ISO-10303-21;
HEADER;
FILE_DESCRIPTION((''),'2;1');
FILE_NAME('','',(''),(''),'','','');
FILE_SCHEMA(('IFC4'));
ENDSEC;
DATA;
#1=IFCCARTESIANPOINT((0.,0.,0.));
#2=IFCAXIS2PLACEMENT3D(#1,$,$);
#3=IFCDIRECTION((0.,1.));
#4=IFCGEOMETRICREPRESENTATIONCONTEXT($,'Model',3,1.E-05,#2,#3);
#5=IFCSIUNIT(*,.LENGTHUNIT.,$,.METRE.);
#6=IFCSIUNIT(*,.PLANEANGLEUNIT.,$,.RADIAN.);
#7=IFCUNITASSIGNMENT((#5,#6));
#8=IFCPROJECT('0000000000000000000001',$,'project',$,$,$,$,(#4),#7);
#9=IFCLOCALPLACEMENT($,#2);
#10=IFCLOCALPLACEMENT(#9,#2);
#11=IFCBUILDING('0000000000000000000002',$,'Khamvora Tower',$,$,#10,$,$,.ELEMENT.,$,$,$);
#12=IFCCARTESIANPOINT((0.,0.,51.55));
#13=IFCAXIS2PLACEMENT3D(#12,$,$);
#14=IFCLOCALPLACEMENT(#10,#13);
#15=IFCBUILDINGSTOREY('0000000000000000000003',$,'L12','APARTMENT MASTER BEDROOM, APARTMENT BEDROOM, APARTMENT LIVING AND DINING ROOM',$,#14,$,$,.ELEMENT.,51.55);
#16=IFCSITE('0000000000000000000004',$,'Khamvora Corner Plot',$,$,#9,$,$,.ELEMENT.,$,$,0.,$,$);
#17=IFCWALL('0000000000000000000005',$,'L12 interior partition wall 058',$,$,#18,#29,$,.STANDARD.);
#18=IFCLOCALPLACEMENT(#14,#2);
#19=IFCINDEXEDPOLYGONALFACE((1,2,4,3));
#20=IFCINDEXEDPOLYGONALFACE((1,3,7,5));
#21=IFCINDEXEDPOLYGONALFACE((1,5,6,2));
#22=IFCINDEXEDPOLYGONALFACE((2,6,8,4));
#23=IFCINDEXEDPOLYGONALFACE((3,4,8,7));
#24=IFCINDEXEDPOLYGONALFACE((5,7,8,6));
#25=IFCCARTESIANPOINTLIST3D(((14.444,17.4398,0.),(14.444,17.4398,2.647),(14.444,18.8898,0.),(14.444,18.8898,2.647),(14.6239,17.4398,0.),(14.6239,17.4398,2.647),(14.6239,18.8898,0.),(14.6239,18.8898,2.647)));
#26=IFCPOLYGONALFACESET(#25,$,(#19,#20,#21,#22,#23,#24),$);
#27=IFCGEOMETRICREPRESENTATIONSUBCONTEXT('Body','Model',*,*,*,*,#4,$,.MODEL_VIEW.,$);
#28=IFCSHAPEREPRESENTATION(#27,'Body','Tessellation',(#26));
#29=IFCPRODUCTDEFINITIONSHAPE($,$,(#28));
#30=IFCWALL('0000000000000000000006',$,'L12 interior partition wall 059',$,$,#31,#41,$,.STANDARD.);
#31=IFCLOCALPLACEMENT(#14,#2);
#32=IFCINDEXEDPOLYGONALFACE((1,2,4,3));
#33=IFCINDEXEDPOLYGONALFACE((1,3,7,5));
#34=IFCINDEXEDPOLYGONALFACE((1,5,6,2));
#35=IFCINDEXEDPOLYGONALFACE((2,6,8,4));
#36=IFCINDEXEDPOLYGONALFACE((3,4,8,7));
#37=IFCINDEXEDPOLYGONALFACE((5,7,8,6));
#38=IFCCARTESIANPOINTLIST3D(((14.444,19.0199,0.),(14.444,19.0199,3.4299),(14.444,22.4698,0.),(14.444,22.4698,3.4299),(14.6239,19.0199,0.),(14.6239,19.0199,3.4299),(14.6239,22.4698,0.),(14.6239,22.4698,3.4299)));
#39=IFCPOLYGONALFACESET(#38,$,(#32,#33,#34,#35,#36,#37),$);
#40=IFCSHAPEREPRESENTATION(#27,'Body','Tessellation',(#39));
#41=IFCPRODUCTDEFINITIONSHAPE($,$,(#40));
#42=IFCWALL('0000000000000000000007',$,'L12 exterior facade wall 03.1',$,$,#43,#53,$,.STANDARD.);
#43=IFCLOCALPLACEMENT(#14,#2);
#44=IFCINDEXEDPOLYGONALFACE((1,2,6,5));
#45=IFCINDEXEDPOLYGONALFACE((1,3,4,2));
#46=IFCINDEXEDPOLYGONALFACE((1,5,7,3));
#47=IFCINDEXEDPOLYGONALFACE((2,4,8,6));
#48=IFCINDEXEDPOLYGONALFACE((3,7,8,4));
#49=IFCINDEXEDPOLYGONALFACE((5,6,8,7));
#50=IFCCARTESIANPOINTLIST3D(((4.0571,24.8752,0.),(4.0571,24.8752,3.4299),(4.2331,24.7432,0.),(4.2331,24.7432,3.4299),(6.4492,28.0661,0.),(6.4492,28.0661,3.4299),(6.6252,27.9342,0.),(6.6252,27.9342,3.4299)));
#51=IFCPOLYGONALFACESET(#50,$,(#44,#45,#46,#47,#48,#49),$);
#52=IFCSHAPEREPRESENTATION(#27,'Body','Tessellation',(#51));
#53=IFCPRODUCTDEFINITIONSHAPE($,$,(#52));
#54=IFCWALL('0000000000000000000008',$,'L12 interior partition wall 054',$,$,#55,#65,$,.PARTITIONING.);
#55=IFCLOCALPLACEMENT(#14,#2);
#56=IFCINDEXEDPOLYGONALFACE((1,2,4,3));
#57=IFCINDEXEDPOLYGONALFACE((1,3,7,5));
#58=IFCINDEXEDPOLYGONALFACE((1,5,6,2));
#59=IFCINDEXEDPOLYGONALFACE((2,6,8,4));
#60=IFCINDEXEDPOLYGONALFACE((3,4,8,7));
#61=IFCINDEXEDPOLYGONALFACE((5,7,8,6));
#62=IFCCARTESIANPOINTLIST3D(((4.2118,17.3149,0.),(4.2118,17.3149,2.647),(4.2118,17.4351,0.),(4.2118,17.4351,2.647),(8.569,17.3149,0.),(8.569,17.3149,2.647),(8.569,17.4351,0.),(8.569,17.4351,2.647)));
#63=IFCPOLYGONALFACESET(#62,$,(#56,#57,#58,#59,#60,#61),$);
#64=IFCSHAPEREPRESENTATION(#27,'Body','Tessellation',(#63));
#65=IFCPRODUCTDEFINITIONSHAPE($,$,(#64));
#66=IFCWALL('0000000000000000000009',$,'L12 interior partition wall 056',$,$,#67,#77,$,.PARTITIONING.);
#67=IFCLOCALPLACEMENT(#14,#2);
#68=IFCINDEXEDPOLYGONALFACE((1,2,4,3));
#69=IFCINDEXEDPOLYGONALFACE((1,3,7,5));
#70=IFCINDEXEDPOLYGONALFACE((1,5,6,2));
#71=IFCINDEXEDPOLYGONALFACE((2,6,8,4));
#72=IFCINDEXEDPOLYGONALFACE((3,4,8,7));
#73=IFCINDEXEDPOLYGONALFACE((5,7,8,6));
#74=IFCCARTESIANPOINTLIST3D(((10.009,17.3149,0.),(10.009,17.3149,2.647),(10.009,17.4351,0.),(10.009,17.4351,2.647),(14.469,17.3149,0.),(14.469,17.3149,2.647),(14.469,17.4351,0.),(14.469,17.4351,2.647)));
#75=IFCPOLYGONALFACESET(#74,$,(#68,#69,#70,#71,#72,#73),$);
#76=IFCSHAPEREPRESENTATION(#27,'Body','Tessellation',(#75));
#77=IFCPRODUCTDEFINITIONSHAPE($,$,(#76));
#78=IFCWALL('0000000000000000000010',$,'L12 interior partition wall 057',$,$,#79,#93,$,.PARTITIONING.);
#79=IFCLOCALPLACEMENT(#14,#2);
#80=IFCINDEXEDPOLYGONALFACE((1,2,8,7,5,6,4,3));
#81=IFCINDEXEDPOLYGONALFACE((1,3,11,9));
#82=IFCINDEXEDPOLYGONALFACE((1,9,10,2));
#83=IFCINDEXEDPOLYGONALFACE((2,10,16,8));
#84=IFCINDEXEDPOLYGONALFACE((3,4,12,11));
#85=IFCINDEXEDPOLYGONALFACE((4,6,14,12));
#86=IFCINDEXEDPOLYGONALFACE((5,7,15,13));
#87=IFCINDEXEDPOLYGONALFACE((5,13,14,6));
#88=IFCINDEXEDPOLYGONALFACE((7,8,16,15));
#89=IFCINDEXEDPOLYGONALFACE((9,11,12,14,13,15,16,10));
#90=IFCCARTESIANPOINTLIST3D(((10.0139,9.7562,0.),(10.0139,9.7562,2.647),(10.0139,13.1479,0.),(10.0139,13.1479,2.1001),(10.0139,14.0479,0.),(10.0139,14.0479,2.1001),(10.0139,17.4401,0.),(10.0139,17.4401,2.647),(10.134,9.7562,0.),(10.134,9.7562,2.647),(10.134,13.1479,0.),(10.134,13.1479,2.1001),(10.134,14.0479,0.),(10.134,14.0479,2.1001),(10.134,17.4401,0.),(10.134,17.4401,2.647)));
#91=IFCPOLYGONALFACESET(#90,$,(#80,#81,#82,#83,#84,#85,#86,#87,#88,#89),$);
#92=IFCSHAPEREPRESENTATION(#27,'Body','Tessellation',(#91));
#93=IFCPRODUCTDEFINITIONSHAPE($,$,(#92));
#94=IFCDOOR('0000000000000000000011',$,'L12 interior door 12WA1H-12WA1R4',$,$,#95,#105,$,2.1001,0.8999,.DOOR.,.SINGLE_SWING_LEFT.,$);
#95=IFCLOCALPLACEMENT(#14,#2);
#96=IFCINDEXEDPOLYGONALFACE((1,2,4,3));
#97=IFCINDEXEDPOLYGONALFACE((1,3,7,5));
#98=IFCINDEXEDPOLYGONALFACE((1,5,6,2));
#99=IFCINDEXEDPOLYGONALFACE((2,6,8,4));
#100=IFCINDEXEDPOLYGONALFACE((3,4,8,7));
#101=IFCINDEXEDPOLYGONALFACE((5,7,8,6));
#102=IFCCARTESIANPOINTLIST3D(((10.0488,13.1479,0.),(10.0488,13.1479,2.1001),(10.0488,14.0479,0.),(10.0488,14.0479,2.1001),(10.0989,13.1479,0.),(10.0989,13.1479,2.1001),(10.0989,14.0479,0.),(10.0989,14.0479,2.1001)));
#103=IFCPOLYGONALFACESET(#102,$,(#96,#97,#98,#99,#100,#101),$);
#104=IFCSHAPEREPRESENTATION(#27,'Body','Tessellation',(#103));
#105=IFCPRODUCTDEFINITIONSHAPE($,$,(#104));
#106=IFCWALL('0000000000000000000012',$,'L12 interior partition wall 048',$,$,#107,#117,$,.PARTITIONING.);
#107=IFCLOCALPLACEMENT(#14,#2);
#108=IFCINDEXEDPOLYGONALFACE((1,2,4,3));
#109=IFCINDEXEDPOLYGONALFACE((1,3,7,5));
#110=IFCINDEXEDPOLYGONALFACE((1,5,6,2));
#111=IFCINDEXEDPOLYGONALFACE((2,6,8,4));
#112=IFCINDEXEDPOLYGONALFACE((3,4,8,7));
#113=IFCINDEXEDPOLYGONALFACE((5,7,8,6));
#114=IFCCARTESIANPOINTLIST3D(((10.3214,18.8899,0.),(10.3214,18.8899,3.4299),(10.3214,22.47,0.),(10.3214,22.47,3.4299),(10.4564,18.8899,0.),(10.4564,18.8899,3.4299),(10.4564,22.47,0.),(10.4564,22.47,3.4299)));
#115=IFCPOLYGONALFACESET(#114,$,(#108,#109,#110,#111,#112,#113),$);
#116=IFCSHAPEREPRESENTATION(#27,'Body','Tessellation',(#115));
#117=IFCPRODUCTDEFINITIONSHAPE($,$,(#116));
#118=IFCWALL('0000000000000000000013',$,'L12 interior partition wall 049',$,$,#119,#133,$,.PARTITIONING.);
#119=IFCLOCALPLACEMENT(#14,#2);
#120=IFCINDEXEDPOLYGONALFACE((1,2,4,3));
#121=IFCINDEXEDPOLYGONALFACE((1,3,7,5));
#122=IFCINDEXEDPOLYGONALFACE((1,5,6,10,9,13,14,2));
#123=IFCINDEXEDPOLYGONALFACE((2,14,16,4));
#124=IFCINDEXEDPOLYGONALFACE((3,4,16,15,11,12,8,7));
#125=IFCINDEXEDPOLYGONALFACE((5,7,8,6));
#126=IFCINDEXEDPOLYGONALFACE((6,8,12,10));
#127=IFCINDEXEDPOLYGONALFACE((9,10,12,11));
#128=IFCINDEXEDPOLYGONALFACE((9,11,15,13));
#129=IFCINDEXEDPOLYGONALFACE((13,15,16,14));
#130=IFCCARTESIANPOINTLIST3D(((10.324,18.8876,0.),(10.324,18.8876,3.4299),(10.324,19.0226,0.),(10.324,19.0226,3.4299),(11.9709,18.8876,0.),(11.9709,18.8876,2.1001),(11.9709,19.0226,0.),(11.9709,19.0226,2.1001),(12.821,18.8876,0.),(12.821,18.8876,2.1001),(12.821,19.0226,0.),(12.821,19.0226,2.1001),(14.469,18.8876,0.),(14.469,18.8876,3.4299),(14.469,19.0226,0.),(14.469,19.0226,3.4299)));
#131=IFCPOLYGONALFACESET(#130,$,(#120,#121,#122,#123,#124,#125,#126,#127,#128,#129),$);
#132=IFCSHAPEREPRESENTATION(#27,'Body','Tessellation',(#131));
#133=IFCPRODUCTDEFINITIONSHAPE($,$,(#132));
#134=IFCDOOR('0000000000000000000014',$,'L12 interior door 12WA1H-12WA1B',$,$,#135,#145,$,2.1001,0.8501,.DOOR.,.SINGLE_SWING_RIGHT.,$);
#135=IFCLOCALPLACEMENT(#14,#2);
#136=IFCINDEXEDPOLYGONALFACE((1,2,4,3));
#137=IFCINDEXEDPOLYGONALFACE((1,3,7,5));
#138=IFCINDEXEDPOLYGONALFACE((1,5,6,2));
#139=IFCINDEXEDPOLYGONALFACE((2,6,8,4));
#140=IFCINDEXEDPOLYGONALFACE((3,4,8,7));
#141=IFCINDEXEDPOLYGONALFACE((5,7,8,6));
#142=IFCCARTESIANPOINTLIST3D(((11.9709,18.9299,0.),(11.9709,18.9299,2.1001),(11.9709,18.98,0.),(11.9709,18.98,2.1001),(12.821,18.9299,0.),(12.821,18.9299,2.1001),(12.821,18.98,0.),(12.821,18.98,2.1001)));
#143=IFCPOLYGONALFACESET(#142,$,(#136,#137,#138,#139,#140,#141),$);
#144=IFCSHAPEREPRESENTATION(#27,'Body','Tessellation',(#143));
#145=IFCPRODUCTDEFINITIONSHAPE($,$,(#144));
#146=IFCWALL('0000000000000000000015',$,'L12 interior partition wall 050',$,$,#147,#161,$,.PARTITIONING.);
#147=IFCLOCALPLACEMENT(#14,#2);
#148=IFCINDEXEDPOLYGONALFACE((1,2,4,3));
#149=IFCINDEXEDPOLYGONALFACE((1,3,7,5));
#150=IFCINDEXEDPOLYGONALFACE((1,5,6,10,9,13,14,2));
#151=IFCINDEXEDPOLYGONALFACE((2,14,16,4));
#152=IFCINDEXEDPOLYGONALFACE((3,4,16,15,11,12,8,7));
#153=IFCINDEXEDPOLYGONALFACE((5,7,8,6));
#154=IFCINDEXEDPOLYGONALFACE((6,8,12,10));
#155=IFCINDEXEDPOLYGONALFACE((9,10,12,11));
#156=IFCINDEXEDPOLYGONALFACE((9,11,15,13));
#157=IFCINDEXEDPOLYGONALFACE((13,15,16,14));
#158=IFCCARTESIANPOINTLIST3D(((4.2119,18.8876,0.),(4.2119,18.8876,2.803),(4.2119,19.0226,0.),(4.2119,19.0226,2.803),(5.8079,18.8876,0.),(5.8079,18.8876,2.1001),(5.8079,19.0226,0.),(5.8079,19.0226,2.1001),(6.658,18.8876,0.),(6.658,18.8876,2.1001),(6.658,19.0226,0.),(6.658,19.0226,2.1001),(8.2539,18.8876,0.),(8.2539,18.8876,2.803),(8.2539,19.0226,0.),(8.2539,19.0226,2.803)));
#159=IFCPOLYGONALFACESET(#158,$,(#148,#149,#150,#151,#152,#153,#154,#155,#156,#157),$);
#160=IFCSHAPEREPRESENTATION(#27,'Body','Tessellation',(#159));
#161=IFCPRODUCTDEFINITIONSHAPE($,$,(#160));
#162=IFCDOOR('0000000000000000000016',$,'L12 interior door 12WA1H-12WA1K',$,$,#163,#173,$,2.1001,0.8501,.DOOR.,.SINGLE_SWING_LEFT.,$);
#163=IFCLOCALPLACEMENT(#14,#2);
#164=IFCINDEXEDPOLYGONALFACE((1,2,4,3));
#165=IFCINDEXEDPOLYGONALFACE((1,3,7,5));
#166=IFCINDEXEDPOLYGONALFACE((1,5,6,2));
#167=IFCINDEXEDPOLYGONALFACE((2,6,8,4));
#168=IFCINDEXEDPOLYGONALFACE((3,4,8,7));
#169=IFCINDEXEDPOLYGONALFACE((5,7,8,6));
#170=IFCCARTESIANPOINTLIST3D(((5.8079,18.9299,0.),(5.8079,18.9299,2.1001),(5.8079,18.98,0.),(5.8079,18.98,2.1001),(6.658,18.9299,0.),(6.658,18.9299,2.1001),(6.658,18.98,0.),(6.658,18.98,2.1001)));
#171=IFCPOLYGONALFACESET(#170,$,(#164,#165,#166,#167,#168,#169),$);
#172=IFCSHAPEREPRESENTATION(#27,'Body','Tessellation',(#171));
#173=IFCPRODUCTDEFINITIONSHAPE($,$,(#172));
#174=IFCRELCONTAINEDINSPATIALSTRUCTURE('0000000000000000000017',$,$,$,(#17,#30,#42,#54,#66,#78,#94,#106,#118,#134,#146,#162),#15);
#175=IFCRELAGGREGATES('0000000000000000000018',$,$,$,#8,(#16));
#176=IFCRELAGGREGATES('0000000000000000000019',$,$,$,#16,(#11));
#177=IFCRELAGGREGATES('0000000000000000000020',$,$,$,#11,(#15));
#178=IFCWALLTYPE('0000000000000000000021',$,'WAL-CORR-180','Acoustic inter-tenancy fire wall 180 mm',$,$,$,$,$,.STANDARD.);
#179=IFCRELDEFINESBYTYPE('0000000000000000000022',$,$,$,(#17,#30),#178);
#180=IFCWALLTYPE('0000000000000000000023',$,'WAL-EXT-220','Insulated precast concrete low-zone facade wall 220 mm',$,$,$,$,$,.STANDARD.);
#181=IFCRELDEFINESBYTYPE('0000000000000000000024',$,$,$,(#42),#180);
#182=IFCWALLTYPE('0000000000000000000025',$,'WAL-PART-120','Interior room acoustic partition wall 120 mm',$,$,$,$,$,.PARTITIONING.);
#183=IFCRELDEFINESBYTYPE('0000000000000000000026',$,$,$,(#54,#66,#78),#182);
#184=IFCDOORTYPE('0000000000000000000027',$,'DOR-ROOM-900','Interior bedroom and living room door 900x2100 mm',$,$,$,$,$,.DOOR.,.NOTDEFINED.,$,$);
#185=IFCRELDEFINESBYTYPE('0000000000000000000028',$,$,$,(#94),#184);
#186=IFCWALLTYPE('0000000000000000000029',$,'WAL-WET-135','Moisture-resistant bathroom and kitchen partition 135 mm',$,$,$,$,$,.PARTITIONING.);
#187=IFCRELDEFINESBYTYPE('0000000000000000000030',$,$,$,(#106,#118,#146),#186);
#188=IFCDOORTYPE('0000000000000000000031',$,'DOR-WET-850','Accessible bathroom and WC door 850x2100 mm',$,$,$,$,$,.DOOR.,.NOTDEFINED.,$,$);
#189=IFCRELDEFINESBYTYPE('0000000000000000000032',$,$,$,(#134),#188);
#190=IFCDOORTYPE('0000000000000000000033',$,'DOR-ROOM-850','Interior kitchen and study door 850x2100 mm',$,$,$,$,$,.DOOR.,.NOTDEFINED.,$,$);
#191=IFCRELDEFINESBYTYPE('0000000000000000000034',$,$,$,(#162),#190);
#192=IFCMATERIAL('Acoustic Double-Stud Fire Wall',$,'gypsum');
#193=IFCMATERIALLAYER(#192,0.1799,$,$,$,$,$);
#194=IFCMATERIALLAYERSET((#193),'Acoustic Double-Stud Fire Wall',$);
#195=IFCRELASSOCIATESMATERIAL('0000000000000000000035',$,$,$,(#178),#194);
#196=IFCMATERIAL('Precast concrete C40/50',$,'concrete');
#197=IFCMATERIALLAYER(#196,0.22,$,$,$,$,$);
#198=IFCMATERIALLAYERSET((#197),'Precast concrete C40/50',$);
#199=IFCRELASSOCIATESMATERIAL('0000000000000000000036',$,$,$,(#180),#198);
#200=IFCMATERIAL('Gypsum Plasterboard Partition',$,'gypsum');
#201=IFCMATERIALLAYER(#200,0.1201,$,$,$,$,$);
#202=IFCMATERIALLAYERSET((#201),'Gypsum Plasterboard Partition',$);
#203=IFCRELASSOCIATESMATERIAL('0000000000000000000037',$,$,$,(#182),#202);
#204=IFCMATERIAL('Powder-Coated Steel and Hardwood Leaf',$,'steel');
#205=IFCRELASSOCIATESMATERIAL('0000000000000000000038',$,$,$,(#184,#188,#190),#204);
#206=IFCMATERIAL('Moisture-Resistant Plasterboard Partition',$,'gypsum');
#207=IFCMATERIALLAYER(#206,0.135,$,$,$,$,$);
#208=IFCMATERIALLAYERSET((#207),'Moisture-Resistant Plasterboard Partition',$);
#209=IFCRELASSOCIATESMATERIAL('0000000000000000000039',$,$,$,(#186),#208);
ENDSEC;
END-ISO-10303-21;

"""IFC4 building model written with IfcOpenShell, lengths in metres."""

from ifc_helpers import new_model, si_unit, direction, frame, frame_2d, origin, place, context, subcontext, project, spatial, rectangle, extrude, material, layer, layer_set, type_object, element, fill, save


model = new_model("IFC4")

# Units and contexts
model_context = context("Model", 3, precision=1e-05, world=origin(), true_north=direction((0.0, 1.0)))
body_context = subcontext(model_context, "Body", "Model", "MODEL_VIEW")
ifc_project = project(units=[si_unit("LENGTHUNIT", "METRE"), si_unit("PLANEANGLEUNIT", "RADIAN")], contexts=[model_context])

# Site, building, storey
site_placement = place(None, origin())
site = spatial("IfcSite", under=ifc_project, at=site_placement, Name="Khamvora Corner Plot", CompositionType="ELEMENT", RefElevation=0.0)
building_placement = place(site_placement, origin())
building = spatial("IfcBuilding", under=site, at=building_placement, Name="Khamvora Tower", CompositionType="ELEMENT")
storey_placement = place(building_placement, frame((0.0, 0.0, 51.55)))
storey = spatial("IfcBuildingStorey", under=building, at=storey_placement, Name="L12", Description="APARTMENT MASTER BEDROOM, APARTMENT BEDROOM, APARTMENT LIVING AND DINING ROOM", CompositionType="ELEMENT", Elevation=51.55)

# Shared definitions
ifc_material_1 = material(Name="Powder-Coated Steel and Hardwood Leaf", Category="steel")

# Walls
ifc_material_2 = material(Name="Acoustic Double-Stud Fire Wall", Category="gypsum")
ifc_layer_1 = layer(ifc_material_2, 0.1799)
ifc_layer_set_1 = layer_set([ifc_layer_1], Name="Acoustic Double-Stud Fire Wall")
wall_type_1 = type_object("IfcWallType", Name="WAL-CORR-180", Description="Acoustic inter-tenancy fire wall 180 mm", PredefinedType="STANDARD", material=ifc_layer_set_1)
wall_1_placement = place(storey_placement, frame((14.5339, 18.8899, 0.0), z_axis=(0.0, 0.0, 1.0), x_axis=(0.0, -1.0, 0.0)))
element("IfcWall", 1, at=wall_1_placement, inside=storey, type_object=wall_type_1, Name="L12 interior partition wall 058", PredefinedType="STANDARD", context=body_context, shape_type="SweptSolid", body=[
    extrude(rectangle(XDim=1.45, YDim=0.1799, at=frame_2d((0.7251, 0.0))), origin(), (0.0, 0.0, 1.0), 2.647),
])
wall_2_placement = place(storey_placement, frame((14.5339, 22.47, 0.0), z_axis=(0.0, 0.0, 1.0), x_axis=(0.0, -1.0, 0.0)))
element("IfcWall", 2, at=wall_2_placement, inside=storey, type_object=wall_type_1, Name="L12 interior partition wall 059", PredefinedType="STANDARD", context=body_context, shape_type="SweptSolid", body=[
    extrude(rectangle(XDim=3.45, YDim=0.1799, at=frame_2d((1.7251, 0.0))), origin(), (0.0, 0.0, 1.0), 3.4299),
])
ifc_material_3 = material(Name="Precast concrete C40/50", Category="concrete")
ifc_layer_2 = layer(ifc_material_3, 0.22)
ifc_layer_set_2 = layer_set([ifc_layer_2], Name="Precast concrete C40/50")
wall_type_2 = type_object("IfcWallType", Name="WAL-EXT-220", Description="Insulated precast concrete low-zone facade wall 220 mm", PredefinedType="STANDARD", material=ifc_layer_set_2)
wall_3_placement = place(storey_placement, frame((4.145, 24.8091, 0.0), z_axis=(0.0, 0.0, 1.0), x_axis=(0.599824, 0.800132, 0.0)))
element("IfcWall", 3, at=wall_3_placement, inside=storey, type_object=wall_type_2, Name="L12 exterior facade wall 03.1", PredefinedType="STANDARD", context=body_context, shape_type="SweptSolid", body=[
    extrude(rectangle(XDim=3.988, YDim=0.22, at=frame_2d((1.9941, 0.0))), origin(), (0.0, 0.0, 1.0), 3.4299),
])
ifc_material_4 = material(Name="Gypsum Plasterboard Partition", Category="gypsum")
ifc_layer_3 = layer(ifc_material_4, 0.1201)
ifc_layer_set_3 = layer_set([ifc_layer_3], Name="Gypsum Plasterboard Partition")
wall_type_3 = type_object("IfcWallType", Name="WAL-PART-120", Description="Interior room acoustic partition wall 120 mm", PredefinedType="PARTITIONING", material=ifc_layer_set_3)
wall_4_placement = place(storey_placement, frame((8.5691, 17.375, 0.0), z_axis=(0.0, 0.0, 1.0), x_axis=(-1.0, 0.0, 0.0)))
element("IfcWall", 4, at=wall_4_placement, inside=storey, type_object=wall_type_3, Name="L12 interior partition wall 054", PredefinedType="PARTITIONING", context=body_context, shape_type="SweptSolid", body=[
    extrude(rectangle(XDim=4.3572, YDim=0.1201, at=frame_2d((2.1787, 0.0))), origin(), (0.0, 0.0, 1.0), 2.647),
])
wall_5_placement = place(storey_placement, frame((14.469, 17.375, 0.0), z_axis=(0.0, 0.0, 1.0), x_axis=(-1.0, 0.0, 0.0)))
element("IfcWall", 5, at=wall_5_placement, inside=storey, type_object=wall_type_3, Name="L12 interior partition wall 056", PredefinedType="PARTITIONING", context=body_context, shape_type="SweptSolid", body=[
    extrude(rectangle(XDim=4.46, YDim=0.1201, at=frame_2d((2.23, 0.0))), origin(), (0.0, 0.0, 1.0), 2.647),
])

# Wall, opening, door
wall_6_placement = place(storey_placement, frame((10.074, 17.4399, 0.0), z_axis=(0.0, 0.0, 1.0), x_axis=(0.0, -1.0, 0.0)))
wall_6 = element("IfcWall", 6, at=wall_6_placement, inside=storey, type_object=wall_type_3, Name="L12 interior partition wall 057", PredefinedType="PARTITIONING", context=body_context, shape_type="SweptSolid", body=[
    extrude(rectangle(XDim=7.6838, YDim=0.1201, at=frame_2d((3.8418, 0.0))), origin(), (0.0, 0.0, 1.0), 2.647),
])
opening_1_placement = place(wall_6_placement, frame((3.3921, 0.0, 0.0)))
opening_1 = element("IfcOpeningElement", 7, at=opening_1_placement, cuts=wall_6, PredefinedType="OPENING", context=body_context, shape_type="SweptSolid", body=[
    extrude(rectangle(XDim=0.8999, YDim=2.1001, at=frame_2d((0.45, 1.05))), frame((0.0, 0.0701, 0.0), z_axis=(0.0, -1.0, 0.0), x_axis=(1.0, 0.0, 0.0)), (0.0, 0.0, 1.0), 0.1401),
])
door_type_1 = type_object("IfcDoorType", Name="DOR-ROOM-900", Description="Interior bedroom and living room door 900x2100 mm", OperationType="NOTDEFINED", PredefinedType="DOOR", material=ifc_material_1)
door_1_placement = place(opening_1_placement, origin())
door_1 = element("IfcDoor", 8, at=door_1_placement, inside=storey, type_object=door_type_1, Name="L12 interior door 12WA1H-12WA1R4", OperationType="SINGLE_SWING_LEFT", OverallHeight=2.1001, OverallWidth=0.8999, PredefinedType="DOOR", context=body_context, shape_type="SweptSolid", body=[
    extrude(rectangle(XDim=0.8999, YDim=2.1001, at=frame_2d((0.45, 1.05))), frame((0.0, 0.0249, 0.0), z_axis=(0.0, -1.0, 0.0), x_axis=(1.0, 0.0, 0.0)), (0.0, 0.0, 1.0), 0.05),
])
fill(opening_1, door_1)

# Wall
ifc_material_5 = material(Name="Moisture-Resistant Plasterboard Partition", Category="gypsum")
ifc_layer_4 = layer(ifc_material_5, 0.135)
ifc_layer_set_4 = layer_set([ifc_layer_4], Name="Moisture-Resistant Plasterboard Partition")
wall_type_4 = type_object("IfcWallType", Name="WAL-WET-135", Description="Moisture-resistant bathroom and kitchen partition 135 mm", PredefinedType="PARTITIONING", material=ifc_layer_set_4)
wall_7_placement = place(storey_placement, frame((10.3889, 22.47, 0.0), z_axis=(0.0, 0.0, 1.0), x_axis=(0.0, -1.0, 0.0)))
element("IfcWall", 9, at=wall_7_placement, inside=storey, type_object=wall_type_4, Name="L12 interior partition wall 048", PredefinedType="PARTITIONING", context=body_context, shape_type="SweptSolid", body=[
    extrude(rectangle(XDim=3.5801, YDim=0.135, at=frame_2d((1.79, 0.0))), origin(), (0.0, 0.0, 1.0), 3.4299),
])

# Walls, openings, doors
wall_8_placement = place(storey_placement, frame((10.324, 18.9551, 0.0), z_axis=(0.0, 0.0, 1.0), x_axis=(1.0, 0.0, 0.0)))
wall_8 = element("IfcWall", 10, at=wall_8_placement, inside=storey, type_object=wall_type_4, Name="L12 interior partition wall 049", PredefinedType="PARTITIONING", context=body_context, shape_type="SweptSolid", body=[
    extrude(rectangle(XDim=4.145, YDim=0.135, at=frame_2d((2.0725, 0.0))), origin(), (0.0, 0.0, 1.0), 3.4299),
])
opening_2_placement = place(wall_8_placement, frame((1.647, 0.0, 0.0)))
opening_2 = element("IfcOpeningElement", 11, at=opening_2_placement, cuts=wall_8, PredefinedType="OPENING", context=body_context, shape_type="SweptSolid", body=[
    extrude(rectangle(XDim=0.8501, YDim=2.1001, at=frame_2d((0.425, 1.05))), frame((0.0, 0.0774, 0.0), z_axis=(0.0, -1.0, 0.0), x_axis=(1.0, 0.0, 0.0)), (0.0, 0.0, 1.0), 0.155),
])
door_type_2 = type_object("IfcDoorType", Name="DOR-WET-850", Description="Accessible bathroom and WC door 850x2100 mm", OperationType="NOTDEFINED", PredefinedType="DOOR", material=ifc_material_1)
door_2_placement = place(opening_2_placement, origin())
door_2 = element("IfcDoor", 12, at=door_2_placement, inside=storey, type_object=door_type_2, Name="L12 interior door 12WA1H-12WA1B", OperationType="SINGLE_SWING_RIGHT", OverallHeight=2.1001, OverallWidth=0.8501, PredefinedType="DOOR", context=body_context, shape_type="SweptSolid", body=[
    extrude(rectangle(XDim=0.8501, YDim=2.1001, at=frame_2d((0.425, 1.05))), frame((0.0, 0.0249, 0.0), z_axis=(0.0, -1.0, 0.0), x_axis=(1.0, 0.0, 0.0)), (0.0, 0.0, 1.0), 0.05),
])
fill(opening_2, door_2)
wall_9_placement = place(storey_placement, frame((4.2119, 18.9551, 0.0), z_axis=(0.0, 0.0, 1.0), x_axis=(1.0, 0.0, 0.0)))
wall_9 = element("IfcWall", 13, at=wall_9_placement, inside=storey, type_object=wall_type_4, Name="L12 interior partition wall 050", PredefinedType="PARTITIONING", context=body_context, shape_type="SweptSolid", body=[
    extrude(rectangle(XDim=4.042, YDim=0.135, at=frame_2d((2.021, 0.0))), origin(), (0.0, 0.0, 1.0), 2.803),
])
opening_3_placement = place(wall_9_placement, frame((1.5959, 0.0, 0.0)))
opening_3 = element("IfcOpeningElement", 14, at=opening_3_placement, cuts=wall_9, PredefinedType="OPENING", context=body_context, shape_type="SweptSolid", body=[
    extrude(rectangle(XDim=0.8501, YDim=2.1001, at=frame_2d((0.425, 1.05))), frame((0.0, 0.0774, 0.0), z_axis=(0.0, -1.0, 0.0), x_axis=(1.0, 0.0, 0.0)), (0.0, 0.0, 1.0), 0.155),
])
door_type_3 = type_object("IfcDoorType", Name="DOR-ROOM-850", Description="Interior kitchen and study door 850x2100 mm", OperationType="NOTDEFINED", PredefinedType="DOOR", material=ifc_material_1)
door_3_placement = place(opening_3_placement, origin())
door_3 = element("IfcDoor", 15, at=door_3_placement, inside=storey, type_object=door_type_3, Name="L12 interior door 12WA1H-12WA1K", OperationType="SINGLE_SWING_LEFT", OverallHeight=2.1001, OverallWidth=0.8501, PredefinedType="DOOR", context=body_context, shape_type="SweptSolid", body=[
    extrude(rectangle(XDim=0.8501, YDim=2.1001, at=frame_2d((0.425, 1.05))), frame((0.0, 0.0249, 0.0), z_axis=(0.0, -1.0, 0.0), x_axis=(1.0, 0.0, 0.0)), (0.0, 0.0, 1.0), 0.05),
])
fill(opening_3, door_3)

save(model, "model.ifc")
